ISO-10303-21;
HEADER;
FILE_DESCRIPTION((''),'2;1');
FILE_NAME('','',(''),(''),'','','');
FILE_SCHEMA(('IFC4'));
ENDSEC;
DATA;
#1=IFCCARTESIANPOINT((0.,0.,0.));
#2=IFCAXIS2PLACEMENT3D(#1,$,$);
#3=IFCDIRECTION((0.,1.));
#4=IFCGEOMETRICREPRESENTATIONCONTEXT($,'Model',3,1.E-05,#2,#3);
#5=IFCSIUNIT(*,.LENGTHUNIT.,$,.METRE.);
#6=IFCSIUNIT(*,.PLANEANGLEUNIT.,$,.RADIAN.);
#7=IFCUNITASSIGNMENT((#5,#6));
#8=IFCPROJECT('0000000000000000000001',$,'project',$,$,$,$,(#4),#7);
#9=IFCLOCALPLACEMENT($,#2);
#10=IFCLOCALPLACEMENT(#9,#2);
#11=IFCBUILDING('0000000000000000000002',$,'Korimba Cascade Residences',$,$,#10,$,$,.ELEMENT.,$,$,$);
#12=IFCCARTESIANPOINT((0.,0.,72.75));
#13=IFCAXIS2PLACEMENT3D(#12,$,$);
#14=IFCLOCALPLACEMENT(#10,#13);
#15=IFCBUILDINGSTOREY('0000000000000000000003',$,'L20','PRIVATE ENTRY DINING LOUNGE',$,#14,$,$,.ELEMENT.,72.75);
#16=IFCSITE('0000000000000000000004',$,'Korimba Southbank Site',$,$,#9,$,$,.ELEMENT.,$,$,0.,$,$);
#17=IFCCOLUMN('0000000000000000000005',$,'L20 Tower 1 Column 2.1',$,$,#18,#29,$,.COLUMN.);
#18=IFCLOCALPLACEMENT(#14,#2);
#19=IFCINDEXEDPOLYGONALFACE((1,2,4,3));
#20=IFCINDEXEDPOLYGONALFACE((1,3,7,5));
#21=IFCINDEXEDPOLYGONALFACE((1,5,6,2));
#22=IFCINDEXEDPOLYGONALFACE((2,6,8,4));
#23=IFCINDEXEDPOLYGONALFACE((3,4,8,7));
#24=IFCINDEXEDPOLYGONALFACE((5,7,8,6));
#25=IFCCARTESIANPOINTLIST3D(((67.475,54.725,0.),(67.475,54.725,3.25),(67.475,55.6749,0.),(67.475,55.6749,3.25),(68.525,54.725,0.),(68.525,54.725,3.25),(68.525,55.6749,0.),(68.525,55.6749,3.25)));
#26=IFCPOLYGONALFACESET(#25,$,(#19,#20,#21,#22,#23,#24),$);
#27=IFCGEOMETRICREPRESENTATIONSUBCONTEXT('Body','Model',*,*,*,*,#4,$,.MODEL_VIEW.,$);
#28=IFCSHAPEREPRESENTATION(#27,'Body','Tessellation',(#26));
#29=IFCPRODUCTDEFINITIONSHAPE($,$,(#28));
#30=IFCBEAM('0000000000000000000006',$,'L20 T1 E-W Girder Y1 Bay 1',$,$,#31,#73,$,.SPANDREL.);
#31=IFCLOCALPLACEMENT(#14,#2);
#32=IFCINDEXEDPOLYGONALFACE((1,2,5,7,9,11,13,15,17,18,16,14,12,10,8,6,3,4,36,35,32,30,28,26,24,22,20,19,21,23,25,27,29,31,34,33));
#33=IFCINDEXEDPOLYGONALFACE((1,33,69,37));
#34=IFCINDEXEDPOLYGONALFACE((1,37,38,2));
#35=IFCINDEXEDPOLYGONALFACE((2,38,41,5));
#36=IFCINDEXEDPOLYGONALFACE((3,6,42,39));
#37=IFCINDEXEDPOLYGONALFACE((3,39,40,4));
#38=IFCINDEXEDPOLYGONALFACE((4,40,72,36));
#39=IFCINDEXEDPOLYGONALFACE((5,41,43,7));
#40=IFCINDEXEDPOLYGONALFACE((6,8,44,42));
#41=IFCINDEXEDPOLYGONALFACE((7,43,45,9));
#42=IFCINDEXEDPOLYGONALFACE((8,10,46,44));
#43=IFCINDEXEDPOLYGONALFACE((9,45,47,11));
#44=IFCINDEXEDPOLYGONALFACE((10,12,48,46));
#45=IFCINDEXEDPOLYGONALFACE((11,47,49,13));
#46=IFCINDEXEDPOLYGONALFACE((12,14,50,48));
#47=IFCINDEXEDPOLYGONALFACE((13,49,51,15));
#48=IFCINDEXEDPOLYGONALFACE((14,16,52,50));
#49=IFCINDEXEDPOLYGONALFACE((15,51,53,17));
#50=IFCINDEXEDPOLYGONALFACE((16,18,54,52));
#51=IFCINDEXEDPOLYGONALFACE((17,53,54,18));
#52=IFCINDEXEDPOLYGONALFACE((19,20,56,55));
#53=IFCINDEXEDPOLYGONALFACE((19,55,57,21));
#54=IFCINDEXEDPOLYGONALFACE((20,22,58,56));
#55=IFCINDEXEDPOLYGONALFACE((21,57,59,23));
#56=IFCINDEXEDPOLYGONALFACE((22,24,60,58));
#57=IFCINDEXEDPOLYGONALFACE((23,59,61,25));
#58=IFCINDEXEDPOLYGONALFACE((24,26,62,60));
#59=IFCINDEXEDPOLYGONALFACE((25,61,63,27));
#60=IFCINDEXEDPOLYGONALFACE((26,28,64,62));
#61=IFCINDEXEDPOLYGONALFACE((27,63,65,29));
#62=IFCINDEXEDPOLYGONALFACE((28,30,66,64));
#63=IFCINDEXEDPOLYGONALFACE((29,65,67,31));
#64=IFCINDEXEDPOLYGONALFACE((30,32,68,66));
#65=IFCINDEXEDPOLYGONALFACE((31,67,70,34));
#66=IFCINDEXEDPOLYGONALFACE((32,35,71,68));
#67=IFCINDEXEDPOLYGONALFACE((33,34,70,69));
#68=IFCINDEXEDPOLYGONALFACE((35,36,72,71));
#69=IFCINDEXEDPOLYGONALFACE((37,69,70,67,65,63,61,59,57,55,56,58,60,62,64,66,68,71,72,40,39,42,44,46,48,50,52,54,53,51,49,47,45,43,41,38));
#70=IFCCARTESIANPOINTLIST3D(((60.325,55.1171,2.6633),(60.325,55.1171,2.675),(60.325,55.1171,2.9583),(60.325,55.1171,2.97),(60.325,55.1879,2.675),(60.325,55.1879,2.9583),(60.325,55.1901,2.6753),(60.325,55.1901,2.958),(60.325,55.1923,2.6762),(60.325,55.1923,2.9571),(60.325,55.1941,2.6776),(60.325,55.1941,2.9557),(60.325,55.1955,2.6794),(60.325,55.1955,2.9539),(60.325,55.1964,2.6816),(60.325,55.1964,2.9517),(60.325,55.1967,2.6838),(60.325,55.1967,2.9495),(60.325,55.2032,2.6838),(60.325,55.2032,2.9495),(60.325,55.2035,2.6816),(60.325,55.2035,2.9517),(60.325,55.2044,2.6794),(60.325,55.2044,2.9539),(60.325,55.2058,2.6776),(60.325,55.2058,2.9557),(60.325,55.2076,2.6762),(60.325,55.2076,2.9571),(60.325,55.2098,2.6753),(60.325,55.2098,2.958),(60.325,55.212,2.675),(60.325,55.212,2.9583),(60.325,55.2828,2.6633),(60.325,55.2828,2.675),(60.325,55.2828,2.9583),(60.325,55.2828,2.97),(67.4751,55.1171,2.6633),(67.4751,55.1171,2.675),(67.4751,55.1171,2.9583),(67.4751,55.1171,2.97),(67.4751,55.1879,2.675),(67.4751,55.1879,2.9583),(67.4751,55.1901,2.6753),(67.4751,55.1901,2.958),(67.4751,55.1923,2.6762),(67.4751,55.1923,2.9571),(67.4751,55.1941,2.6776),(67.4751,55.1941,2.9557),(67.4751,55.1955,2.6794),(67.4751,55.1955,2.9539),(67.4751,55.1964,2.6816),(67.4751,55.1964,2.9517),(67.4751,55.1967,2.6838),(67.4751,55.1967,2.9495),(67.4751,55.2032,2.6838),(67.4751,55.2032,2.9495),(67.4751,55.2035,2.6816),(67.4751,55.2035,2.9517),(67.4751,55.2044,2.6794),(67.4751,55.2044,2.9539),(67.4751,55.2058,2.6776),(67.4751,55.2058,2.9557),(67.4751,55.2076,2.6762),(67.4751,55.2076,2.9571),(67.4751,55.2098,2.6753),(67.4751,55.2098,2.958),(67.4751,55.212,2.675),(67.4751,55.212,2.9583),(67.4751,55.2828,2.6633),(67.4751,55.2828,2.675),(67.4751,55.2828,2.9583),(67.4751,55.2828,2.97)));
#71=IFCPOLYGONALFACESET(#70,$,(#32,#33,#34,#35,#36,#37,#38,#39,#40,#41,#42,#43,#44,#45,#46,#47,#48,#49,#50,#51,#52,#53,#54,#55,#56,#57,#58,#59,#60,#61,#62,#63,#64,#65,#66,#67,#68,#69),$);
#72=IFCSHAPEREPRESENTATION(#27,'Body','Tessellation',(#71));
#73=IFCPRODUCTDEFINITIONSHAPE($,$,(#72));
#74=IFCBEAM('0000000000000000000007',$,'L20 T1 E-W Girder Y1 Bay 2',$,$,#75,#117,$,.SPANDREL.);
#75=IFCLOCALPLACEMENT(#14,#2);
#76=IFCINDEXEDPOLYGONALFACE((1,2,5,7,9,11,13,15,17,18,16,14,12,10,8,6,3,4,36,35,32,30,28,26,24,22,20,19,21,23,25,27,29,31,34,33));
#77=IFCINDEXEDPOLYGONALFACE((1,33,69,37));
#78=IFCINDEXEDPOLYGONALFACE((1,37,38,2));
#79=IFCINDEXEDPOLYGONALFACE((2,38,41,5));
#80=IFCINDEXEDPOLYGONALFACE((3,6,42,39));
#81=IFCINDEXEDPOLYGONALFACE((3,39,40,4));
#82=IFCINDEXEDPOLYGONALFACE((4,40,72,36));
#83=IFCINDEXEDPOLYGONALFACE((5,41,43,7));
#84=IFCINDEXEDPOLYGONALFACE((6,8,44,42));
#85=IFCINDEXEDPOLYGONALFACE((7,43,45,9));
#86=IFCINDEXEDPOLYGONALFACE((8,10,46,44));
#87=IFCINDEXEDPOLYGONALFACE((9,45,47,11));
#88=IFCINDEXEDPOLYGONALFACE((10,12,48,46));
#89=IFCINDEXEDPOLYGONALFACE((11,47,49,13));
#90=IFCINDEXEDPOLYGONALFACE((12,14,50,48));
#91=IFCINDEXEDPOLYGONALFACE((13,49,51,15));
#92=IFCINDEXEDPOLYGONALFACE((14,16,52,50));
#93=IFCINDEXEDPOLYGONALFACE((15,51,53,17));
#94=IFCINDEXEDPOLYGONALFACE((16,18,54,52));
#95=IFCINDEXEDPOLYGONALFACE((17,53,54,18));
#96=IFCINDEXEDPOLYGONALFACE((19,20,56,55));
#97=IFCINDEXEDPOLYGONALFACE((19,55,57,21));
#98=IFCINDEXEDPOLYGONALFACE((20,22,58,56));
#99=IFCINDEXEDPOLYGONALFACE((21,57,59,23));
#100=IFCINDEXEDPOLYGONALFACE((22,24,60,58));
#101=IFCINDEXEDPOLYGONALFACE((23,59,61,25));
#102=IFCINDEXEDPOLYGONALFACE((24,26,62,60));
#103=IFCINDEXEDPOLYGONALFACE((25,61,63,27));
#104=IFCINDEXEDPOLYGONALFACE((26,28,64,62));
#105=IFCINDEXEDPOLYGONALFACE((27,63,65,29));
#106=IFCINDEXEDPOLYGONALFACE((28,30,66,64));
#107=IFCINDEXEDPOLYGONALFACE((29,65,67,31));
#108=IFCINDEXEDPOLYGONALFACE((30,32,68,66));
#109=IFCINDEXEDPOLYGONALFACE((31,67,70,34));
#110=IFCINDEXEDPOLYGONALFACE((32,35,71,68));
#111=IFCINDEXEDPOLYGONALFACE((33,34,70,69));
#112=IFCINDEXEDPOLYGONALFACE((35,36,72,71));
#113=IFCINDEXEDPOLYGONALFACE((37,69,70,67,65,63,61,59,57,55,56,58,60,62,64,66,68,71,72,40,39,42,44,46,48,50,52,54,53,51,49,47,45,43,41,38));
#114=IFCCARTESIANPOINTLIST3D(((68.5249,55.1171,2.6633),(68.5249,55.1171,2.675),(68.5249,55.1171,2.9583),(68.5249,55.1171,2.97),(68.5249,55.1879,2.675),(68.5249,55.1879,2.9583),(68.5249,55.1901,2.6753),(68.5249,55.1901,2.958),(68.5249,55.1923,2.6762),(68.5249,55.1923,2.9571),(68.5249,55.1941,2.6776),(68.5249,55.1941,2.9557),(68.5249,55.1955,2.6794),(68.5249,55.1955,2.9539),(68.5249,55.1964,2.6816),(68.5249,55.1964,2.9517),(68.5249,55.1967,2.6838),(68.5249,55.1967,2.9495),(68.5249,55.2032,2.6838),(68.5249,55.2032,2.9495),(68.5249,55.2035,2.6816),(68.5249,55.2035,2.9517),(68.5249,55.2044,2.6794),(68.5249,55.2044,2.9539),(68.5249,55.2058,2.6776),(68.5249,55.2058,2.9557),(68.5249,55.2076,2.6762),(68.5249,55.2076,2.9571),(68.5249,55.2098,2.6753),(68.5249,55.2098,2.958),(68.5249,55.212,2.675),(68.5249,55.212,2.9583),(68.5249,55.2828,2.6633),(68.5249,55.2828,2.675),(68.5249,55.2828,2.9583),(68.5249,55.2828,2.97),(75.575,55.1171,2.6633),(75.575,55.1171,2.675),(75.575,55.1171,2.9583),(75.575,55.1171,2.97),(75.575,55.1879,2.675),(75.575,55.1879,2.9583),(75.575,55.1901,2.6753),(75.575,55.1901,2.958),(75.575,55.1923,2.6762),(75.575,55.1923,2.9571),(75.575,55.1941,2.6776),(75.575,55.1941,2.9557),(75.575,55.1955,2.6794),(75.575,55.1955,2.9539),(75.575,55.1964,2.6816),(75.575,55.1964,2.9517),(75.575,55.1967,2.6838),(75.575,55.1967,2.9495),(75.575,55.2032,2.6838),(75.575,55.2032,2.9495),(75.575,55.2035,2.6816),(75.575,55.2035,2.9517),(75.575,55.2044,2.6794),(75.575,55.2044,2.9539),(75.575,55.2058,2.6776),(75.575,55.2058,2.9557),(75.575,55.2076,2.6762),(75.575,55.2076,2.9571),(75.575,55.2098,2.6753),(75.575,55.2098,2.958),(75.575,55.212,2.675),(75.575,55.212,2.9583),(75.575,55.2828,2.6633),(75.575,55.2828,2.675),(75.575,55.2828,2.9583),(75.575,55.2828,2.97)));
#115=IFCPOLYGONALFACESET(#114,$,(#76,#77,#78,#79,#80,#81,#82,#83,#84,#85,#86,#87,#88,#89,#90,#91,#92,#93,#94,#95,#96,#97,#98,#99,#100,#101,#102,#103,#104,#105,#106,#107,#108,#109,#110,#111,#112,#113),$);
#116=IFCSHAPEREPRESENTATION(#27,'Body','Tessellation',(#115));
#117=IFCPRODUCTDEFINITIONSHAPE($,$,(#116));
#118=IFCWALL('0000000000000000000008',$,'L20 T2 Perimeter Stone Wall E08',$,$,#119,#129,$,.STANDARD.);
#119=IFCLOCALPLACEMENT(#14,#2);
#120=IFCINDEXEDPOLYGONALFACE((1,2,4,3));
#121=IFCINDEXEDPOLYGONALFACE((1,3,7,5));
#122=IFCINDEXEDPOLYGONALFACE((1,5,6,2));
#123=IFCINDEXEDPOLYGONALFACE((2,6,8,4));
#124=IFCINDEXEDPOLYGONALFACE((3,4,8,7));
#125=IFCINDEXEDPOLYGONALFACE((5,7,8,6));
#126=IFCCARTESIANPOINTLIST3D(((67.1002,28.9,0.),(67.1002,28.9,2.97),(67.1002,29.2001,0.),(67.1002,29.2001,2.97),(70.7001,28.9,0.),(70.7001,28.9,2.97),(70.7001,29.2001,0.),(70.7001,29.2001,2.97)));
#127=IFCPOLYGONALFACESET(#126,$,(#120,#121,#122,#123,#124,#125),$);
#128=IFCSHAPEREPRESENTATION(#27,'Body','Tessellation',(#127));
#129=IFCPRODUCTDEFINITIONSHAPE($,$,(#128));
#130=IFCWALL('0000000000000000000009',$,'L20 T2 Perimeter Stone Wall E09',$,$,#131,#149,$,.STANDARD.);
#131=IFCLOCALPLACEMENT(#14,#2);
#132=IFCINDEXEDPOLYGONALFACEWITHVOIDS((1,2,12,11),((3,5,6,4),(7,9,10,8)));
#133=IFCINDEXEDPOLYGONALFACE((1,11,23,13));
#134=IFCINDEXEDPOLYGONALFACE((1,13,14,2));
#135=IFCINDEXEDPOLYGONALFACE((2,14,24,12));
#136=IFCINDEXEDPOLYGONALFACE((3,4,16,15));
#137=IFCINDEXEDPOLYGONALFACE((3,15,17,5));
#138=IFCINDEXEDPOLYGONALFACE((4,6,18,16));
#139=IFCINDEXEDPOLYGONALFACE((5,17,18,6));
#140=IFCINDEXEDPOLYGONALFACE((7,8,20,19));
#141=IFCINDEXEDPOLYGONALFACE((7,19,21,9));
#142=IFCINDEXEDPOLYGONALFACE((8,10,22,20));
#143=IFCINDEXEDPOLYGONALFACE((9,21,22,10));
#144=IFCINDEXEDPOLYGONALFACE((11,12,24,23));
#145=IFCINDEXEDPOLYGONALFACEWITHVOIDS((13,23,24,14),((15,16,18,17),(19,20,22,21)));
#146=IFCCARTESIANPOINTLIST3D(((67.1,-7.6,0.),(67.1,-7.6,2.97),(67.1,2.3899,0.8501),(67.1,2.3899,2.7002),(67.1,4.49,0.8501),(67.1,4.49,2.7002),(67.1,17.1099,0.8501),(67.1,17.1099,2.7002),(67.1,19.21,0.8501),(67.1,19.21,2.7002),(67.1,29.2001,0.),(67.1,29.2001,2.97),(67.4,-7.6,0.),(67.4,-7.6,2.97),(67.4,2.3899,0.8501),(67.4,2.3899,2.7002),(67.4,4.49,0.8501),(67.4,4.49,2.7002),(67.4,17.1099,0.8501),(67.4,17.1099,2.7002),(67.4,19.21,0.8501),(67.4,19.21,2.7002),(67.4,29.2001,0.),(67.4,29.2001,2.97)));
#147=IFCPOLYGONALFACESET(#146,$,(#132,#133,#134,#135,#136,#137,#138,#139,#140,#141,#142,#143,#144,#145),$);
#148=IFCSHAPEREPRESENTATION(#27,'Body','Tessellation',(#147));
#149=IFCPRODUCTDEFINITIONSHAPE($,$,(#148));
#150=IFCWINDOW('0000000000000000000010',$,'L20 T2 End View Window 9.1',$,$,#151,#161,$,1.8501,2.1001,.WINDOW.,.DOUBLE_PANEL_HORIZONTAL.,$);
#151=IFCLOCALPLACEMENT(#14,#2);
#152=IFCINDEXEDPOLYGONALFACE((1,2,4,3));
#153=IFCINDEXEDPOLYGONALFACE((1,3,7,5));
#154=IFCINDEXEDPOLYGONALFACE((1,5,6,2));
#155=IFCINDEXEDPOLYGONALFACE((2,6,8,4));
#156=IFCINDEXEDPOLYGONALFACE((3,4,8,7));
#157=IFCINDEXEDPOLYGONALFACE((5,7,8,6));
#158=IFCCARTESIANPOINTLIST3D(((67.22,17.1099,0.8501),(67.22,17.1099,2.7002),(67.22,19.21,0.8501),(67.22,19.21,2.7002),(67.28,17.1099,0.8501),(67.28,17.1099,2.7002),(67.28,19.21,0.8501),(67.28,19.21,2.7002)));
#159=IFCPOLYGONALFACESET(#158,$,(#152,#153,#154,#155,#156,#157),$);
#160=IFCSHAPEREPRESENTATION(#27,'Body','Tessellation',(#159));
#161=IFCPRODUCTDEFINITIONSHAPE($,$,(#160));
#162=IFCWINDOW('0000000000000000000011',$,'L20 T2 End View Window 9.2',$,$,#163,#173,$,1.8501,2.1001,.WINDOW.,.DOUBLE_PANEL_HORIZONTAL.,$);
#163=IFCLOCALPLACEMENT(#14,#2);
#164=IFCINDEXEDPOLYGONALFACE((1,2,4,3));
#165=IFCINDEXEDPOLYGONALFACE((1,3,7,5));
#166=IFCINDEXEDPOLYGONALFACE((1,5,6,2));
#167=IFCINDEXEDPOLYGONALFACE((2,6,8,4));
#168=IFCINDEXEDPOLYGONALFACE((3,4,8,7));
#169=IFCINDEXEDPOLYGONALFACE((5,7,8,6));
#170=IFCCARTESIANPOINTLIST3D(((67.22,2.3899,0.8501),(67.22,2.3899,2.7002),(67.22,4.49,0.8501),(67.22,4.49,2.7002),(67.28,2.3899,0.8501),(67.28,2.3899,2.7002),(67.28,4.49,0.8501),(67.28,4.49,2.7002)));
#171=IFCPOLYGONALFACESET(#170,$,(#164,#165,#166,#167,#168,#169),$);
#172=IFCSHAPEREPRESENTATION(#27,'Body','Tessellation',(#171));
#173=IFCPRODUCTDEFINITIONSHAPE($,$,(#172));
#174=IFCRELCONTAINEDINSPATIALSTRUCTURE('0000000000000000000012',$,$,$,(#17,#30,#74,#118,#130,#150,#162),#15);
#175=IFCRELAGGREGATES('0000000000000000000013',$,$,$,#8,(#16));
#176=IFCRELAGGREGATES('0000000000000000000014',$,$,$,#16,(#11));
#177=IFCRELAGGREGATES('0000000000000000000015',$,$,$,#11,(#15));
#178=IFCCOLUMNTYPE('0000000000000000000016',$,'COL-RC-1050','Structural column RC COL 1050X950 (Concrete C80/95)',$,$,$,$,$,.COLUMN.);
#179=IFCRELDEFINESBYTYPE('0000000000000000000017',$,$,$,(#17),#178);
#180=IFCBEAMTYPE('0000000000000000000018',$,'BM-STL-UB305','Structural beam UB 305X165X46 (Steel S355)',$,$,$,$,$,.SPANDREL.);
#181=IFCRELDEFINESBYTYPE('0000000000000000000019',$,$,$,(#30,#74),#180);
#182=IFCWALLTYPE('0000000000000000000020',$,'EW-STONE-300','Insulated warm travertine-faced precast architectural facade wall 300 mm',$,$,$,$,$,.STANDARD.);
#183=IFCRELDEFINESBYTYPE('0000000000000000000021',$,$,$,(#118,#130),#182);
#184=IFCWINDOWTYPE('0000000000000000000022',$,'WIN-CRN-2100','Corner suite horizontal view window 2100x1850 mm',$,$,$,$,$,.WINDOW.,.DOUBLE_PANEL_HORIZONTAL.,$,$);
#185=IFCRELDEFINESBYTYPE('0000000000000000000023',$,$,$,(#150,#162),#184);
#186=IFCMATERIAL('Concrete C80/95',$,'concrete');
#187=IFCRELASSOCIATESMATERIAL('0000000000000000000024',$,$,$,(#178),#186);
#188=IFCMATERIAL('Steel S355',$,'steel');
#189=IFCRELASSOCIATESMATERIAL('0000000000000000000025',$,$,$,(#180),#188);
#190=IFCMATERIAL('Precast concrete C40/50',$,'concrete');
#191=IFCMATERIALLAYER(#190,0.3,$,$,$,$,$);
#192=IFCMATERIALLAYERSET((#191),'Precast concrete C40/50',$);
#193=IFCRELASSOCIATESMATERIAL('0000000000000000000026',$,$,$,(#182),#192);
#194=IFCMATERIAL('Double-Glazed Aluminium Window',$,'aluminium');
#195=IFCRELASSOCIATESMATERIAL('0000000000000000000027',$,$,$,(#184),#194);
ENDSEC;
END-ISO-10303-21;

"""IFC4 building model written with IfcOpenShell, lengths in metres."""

from ifc_helpers import new_model, si_unit, direction, frame, frame_2d, origin, origin_2d, place, context, subcontext, project, spatial, rectangle, i_section, extrude, material, layer, layer_set, material_profile, profile_set, type_object, element, fill, save


model = new_model("IFC4")

# Units and contexts
model_context = context("Model", 3, precision=1e-05, world=origin(), true_north=direction((0.0, 1.0)))
body_context = subcontext(model_context, "Body", "Model", "MODEL_VIEW")
ifc_project = project(units=[si_unit("LENGTHUNIT", "METRE"), si_unit("PLANEANGLEUNIT", "RADIAN")], contexts=[model_context])

# Site, building, storey
site_placement = place(None, origin())
site = spatial("IfcSite", under=ifc_project, at=site_placement, Name="Korimba Southbank Site", CompositionType="ELEMENT", RefElevation=0.0)
building_placement = place(site_placement, origin())
building = spatial("IfcBuilding", under=site, at=building_placement, Name="Korimba Cascade Residences", CompositionType="ELEMENT")
storey_placement = place(building_placement, frame((0.0, 0.0, 72.75)))
storey = spatial("IfcBuildingStorey", under=building, at=storey_placement, Name="L20", Description="PRIVATE ENTRY DINING LOUNGE", CompositionType="ELEMENT", Elevation=72.75)

# Column
ifc_material_1 = material(Name="Concrete C80/95", Category="concrete")
ifc_material_profile_1 = material_profile(ifc_material_1, rectangle(XDim=1.05, YDim=0.95, at=origin_2d()), Name="Concrete C80/95")
ifc_profile_set_1 = profile_set([ifc_material_profile_1], Name="Concrete C80/95")
column_type = type_object("IfcColumnType", Name="COL-RC-1050", Description="Structural column RC COL 1050X950 (Concrete C80/95)", PredefinedType="COLUMN", material=ifc_profile_set_1)
column_placement = place(storey_placement, frame((68.0, 55.2, 0.0), z_axis=(0.0, 0.0, 1.0), x_axis=(1.0, 0.0, 0.0)))
element("IfcColumn", 1, at=column_placement, inside=storey, type_object=column_type, Name="L20 Tower 1 Column 2.1", PredefinedType="COLUMN", context=body_context, shape_type="SweptSolid", body=[
    extrude(rectangle(XDim=1.05, YDim=0.95, at=origin_2d()), origin(), (0.0, 0.0, 1.0), 3.25),
])

# Beams
ifc_material_2 = material(Name="Steel S355", Category="steel")
ifc_material_profile_2 = material_profile(ifc_material_2, i_section(OverallWidth=0.1658, OverallDepth=0.3066, WebThickness=0.0066, FlangeThickness=0.0117, FilletRadius=0.0088, at=origin_2d()), Name="Steel S355")
ifc_profile_set_2 = profile_set([ifc_material_profile_2], Name="Steel S355")
beam_type = type_object("IfcBeamType", Name="BM-STL-UB305", Description="Structural beam UB 305X165X46 (Steel S355)", PredefinedType="SPANDREL", material=ifc_profile_set_2)
beam_1_placement = place(storey_placement, frame((60.325, 55.2, 2.8167), z_axis=(1.0, 0.0, 0.0), x_axis=(0.0, 1.0, 0.0)))
element("IfcBeam", 2, at=beam_1_placement, inside=storey, type_object=beam_type, Name="L20 T1 E-W Girder Y1 Bay 1", PredefinedType="SPANDREL", context=body_context, shape_type="SweptSolid", body=[
    extrude(i_section(OverallWidth=0.1658, OverallDepth=0.3066, WebThickness=0.0066, FlangeThickness=0.0117, FilletRadius=0.0088, at=origin_2d()), origin(), (0.0, 0.0, 1.0), 7.1501),
])
beam_2_placement = place(storey_placement, frame((68.5249, 55.2, 2.8167), z_axis=(1.0, 0.0, 0.0), x_axis=(0.0, 1.0, 0.0)))
element("IfcBeam", 3, at=beam_2_placement, inside=storey, type_object=beam_type, Name="L20 T1 E-W Girder Y1 Bay 2", PredefinedType="SPANDREL", context=body_context, shape_type="SweptSolid", body=[
    extrude(i_section(OverallWidth=0.1658, OverallDepth=0.3066, WebThickness=0.0066, FlangeThickness=0.0117, FilletRadius=0.0088, at=origin_2d()), origin(), (0.0, 0.0, 1.0), 7.05),
])

# Wall
ifc_material_3 = material(Name="Precast concrete C40/50", Category="concrete")
ifc_layer_1 = layer(ifc_material_3, 0.3)
ifc_layer_set_1 = layer_set([ifc_layer_1], Name="Precast concrete C40/50")
wall_type_1 = type_object("IfcWallType", Name="EW-STONE-300", Description="Insulated warm travertine-faced precast architectural facade wall 300 mm", PredefinedType="STANDARD", material=ifc_layer_set_1)
wall_1_placement = place(storey_placement, frame((70.7, 29.05, 0.0), z_axis=(0.0, 0.0, 1.0), x_axis=(-1.0, 0.0, 0.0)))
element("IfcWall", 4, at=wall_1_placement, inside=storey, type_object=wall_type_1, Name="L20 T2 Perimeter Stone Wall E08", PredefinedType="STANDARD", context=body_context, shape_type="SweptSolid", body=[
    extrude(rectangle(XDim=3.5999, YDim=0.3, at=frame_2d((1.7998, 0.0))), origin(), (0.0, 0.0, 1.0), 2.97),
])

# Wall, openings, windows
wall_2_placement = place(storey_placement, frame((67.25, 29.2, 0.0), z_axis=(0.0, 0.0, 1.0), x_axis=(0.0, -1.0, 0.0)))
wall_2 = element("IfcWall", 5, at=wall_2_placement, inside=storey, type_object=wall_type_1, Name="L20 T2 Perimeter Stone Wall E09", PredefinedType="STANDARD", context=body_context, shape_type="SweptSolid", body=[
    extrude(rectangle(XDim=36.8, YDim=0.3, at=frame_2d((18.3999, 0.0))), origin(), (0.0, 0.0, 1.0), 2.97),
])
opening_1_placement = place(wall_2_placement, frame((9.99, 0.0, 0.8501)))
opening_1 = element("IfcOpeningElement", 6, at=opening_1_placement, cuts=wall_2, PredefinedType="OPENING", context=body_context, shape_type="SweptSolid", body=[
    extrude(rectangle(XDim=2.1001, YDim=1.8501, at=frame_2d((1.05, 0.925))), frame((0.0, 0.1602, 0.0), z_axis=(0.0, -1.0, 0.0), x_axis=(1.0, 0.0, 0.0)), (0.0, 0.0, 1.0), 0.3201),
])
opening_2_placement = place(wall_2_placement, frame((24.71, 0.0, 0.8501)))
opening_2 = element("IfcOpeningElement", 7, at=opening_2_placement, cuts=wall_2, PredefinedType="OPENING", context=body_context, shape_type="SweptSolid", body=[
    extrude(rectangle(XDim=2.1001, YDim=1.8501, at=frame_2d((1.05, 0.925))), frame((0.0, 0.1602, 0.0), z_axis=(0.0, -1.0, 0.0), x_axis=(1.0, 0.0, 0.0)), (0.0, 0.0, 1.0), 0.3201),
])
ifc_material_4 = material(Name="Double-Glazed Aluminium Window", Category="aluminium")
window_type = type_object("IfcWindowType", Name="WIN-CRN-2100", Description="Corner suite horizontal view window 2100x1850 mm", PartitioningType="DOUBLE_PANEL_HORIZONTAL", PredefinedType="WINDOW", material=ifc_material_4)
window_1_placement = place(opening_1_placement, origin())
window_1 = element("IfcWindow", 8, at=window_1_placement, inside=storey, type_object=window_type, Name="L20 T2 End View Window 9.1", OverallHeight=1.8501, OverallWidth=2.1001, PartitioningType="DOUBLE_PANEL_HORIZONTAL", PredefinedType="WINDOW", context=body_context, shape_type="SweptSolid", body=[
    extrude(rectangle(XDim=2.1001, YDim=1.8501, at=frame_2d((1.05, 0.925))), frame((0.0, 0.03, 0.0), z_axis=(0.0, -1.0, 0.0), x_axis=(1.0, 0.0, 0.0)), (0.0, 0.0, 1.0), 0.0601),
])
fill(opening_1, window_1)
window_2_placement = place(opening_2_placement, origin())
window_2 = element("IfcWindow", 9, at=window_2_placement, inside=storey, type_object=window_type, Name="L20 T2 End View Window 9.2", OverallHeight=1.8501, OverallWidth=2.1001, PartitioningType="DOUBLE_PANEL_HORIZONTAL", PredefinedType="WINDOW", context=body_context, shape_type="SweptSolid", body=[
    extrude(rectangle(XDim=2.1001, YDim=1.8501, at=frame_2d((1.05, 0.925))), frame((0.0, 0.03, 0.0), z_axis=(0.0, -1.0, 0.0), x_axis=(1.0, 0.0, 0.0)), (0.0, 0.0, 1.0), 0.0601),
])
fill(opening_2, window_2)

save(model, "model.ifc")
